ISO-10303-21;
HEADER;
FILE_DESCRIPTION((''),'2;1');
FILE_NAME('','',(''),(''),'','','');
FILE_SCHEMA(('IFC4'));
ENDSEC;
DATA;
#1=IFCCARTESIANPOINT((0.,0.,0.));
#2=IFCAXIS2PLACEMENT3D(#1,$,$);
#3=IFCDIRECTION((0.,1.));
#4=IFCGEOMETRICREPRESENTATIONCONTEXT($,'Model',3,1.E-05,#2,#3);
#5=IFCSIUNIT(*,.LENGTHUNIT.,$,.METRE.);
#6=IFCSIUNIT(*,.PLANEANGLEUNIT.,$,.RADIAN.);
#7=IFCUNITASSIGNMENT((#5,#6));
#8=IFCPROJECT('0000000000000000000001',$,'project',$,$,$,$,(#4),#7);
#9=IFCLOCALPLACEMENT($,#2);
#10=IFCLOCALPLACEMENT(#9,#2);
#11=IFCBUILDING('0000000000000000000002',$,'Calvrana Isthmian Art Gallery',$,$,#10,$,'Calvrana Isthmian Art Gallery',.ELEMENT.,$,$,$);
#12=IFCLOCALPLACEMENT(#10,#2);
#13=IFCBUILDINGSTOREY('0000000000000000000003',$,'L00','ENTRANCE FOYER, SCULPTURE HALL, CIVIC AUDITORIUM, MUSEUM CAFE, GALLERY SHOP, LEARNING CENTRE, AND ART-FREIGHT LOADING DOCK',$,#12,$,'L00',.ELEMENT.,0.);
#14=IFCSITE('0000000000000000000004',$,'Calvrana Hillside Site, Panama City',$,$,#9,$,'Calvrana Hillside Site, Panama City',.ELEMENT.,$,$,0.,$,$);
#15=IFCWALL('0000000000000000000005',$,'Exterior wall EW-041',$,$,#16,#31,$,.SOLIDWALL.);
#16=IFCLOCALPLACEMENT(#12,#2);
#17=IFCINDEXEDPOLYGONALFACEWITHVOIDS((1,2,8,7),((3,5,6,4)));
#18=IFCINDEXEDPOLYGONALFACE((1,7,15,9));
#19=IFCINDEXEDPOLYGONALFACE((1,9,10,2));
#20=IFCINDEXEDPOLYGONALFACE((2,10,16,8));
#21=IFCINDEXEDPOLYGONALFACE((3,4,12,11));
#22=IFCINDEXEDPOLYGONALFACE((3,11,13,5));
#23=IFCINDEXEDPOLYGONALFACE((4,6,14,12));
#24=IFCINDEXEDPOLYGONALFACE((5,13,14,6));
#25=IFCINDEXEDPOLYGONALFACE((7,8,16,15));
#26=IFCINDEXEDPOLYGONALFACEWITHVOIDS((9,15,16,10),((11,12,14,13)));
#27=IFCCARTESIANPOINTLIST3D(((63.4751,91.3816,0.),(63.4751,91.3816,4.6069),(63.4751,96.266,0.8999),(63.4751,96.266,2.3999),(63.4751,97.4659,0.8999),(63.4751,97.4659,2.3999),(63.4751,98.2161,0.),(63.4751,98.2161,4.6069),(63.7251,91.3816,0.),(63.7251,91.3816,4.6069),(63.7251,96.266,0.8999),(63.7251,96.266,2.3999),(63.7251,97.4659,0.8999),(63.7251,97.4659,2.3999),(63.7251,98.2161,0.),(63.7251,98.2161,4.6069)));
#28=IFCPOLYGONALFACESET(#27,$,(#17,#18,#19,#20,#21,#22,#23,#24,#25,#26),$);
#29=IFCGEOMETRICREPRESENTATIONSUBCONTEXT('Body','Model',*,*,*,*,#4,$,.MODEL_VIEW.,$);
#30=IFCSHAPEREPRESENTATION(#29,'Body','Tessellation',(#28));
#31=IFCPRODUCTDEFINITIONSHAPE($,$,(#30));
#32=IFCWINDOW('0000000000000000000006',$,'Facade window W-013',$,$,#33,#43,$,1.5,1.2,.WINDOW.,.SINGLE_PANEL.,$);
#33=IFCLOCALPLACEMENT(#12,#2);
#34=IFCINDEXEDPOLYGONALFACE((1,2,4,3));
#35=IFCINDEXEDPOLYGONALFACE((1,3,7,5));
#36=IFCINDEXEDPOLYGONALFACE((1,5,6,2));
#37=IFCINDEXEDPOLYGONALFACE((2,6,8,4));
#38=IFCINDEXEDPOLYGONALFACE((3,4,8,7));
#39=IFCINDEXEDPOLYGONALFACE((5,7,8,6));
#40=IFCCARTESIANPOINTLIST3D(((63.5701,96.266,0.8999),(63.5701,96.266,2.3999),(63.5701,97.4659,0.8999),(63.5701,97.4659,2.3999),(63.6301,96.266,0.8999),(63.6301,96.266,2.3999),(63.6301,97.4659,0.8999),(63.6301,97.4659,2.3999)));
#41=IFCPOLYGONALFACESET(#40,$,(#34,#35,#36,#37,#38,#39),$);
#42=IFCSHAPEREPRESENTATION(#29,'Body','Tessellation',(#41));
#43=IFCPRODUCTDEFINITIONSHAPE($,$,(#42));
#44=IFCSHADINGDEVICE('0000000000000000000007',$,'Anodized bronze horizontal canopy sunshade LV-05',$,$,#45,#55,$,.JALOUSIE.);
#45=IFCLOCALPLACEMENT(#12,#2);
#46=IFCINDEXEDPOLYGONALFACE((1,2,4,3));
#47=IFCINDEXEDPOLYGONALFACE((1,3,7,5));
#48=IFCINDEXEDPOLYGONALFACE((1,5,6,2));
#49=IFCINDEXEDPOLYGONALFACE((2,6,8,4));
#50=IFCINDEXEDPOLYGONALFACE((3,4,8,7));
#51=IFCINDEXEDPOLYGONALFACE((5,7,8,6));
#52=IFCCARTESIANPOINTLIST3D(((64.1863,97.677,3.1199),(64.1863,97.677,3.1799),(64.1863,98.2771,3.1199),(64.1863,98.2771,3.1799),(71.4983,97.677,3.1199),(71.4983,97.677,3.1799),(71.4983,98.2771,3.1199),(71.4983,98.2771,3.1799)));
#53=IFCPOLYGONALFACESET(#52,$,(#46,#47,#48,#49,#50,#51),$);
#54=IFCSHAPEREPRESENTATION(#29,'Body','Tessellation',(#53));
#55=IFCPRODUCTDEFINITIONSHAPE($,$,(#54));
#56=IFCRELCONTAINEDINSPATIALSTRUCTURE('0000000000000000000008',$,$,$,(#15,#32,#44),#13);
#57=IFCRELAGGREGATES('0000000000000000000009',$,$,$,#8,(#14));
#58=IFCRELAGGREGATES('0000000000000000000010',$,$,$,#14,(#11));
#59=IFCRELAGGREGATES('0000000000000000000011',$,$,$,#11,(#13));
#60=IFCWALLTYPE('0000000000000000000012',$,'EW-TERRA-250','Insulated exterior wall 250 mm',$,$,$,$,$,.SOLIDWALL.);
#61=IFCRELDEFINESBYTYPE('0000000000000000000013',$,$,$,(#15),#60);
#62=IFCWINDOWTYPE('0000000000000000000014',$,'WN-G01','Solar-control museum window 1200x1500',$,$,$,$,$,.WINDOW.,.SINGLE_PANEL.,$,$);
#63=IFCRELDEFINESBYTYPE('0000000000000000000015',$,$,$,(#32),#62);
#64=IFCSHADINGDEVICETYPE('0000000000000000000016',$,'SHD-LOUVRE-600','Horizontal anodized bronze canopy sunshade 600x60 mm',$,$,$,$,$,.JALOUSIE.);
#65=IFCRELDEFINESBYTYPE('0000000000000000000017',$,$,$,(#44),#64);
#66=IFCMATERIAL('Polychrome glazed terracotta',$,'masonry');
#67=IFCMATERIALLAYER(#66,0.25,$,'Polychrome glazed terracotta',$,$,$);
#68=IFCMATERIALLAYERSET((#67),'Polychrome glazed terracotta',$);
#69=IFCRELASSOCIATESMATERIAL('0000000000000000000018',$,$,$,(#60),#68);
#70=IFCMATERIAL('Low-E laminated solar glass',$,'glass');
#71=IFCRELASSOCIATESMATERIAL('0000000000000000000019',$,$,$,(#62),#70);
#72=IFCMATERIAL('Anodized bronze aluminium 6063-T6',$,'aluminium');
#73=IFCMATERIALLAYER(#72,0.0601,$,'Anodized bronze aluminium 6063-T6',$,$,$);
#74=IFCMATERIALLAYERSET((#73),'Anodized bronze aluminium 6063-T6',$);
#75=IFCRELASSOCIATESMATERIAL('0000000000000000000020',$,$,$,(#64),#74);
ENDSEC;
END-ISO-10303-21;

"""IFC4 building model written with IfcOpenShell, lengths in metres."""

from ifc_helpers import new_model, si_unit, direction, frame, frame_2d, origin, origin_2d, place, context, subcontext, project, spatial, rectangle, extrude, material, layer, layer_set, type_object, element, fill, save


model = new_model("IFC4")

# Units and contexts
model_context = context("Model", 3, precision=1e-05, world=origin(), true_north=direction((0.0, 1.0)))
body_context = subcontext(model_context, "Body", "Model", "MODEL_VIEW")
ifc_project = project(units=[si_unit("LENGTHUNIT", "METRE"), si_unit("PLANEANGLEUNIT", "RADIAN")], contexts=[model_context])

# Site, building, storey
site_placement = place(None, origin())
site = spatial("IfcSite", under=ifc_project, at=site_placement, Name="Calvrana Hillside Site, Panama City", LongName="Calvrana Hillside Site, Panama City", CompositionType="ELEMENT", RefElevation=0.0)
building_placement = place(site_placement, origin())
building = spatial("IfcBuilding", under=site, at=building_placement, Name="Calvrana Isthmian Art Gallery", LongName="Calvrana Isthmian Art Gallery", CompositionType="ELEMENT")
storey_placement = place(building_placement, origin())
storey = spatial("IfcBuildingStorey", under=building, at=storey_placement, Name="L00", Description="ENTRANCE FOYER, SCULPTURE HALL, CIVIC AUDITORIUM, MUSEUM CAFE, GALLERY SHOP, LEARNING CENTRE, AND ART-FREIGHT LOADING DOCK", LongName="L00", CompositionType="ELEMENT", Elevation=0.0)

# Shared definitions
ifc_material_1 = material(Name="Anodized bronze aluminium 6063-T6", Category="aluminium")
ifc_material_2 = material(Name="Low-E laminated solar glass", Category="glass")

# Wall, opening, window
ifc_material_3 = material(Name="Polychrome glazed terracotta", Category="masonry")
ifc_layer_1 = layer(ifc_material_3, 0.25, Name="Polychrome glazed terracotta")
ifc_layer_set_1 = layer_set([ifc_layer_1], Name="Polychrome glazed terracotta")
wall_type = type_object("IfcWallType", Name="EW-TERRA-250", Description="Insulated exterior wall 250 mm", PredefinedType="SOLIDWALL", material=ifc_layer_set_1)
wall_placement = place(storey_placement, frame((63.6001, 98.2161, 0.0), z_axis=(0.0, 0.0, 1.0), x_axis=(0.0, -1.0, 0.0)))
wall = element("IfcWall", 1, at=wall_placement, inside=storey, type_object=wall_type, Name="Exterior wall EW-041", PredefinedType="SOLIDWALL", context=body_context, shape_type="SweptSolid", body=[
    extrude(rectangle(XDim=6.8345, YDim=0.25, at=frame_2d((3.4172, 0.0))), origin(), (0.0, 0.0, 1.0), 4.6069),
])
opening_placement = place(wall_placement, frame((0.75, 0.0, 0.8999)))
opening = element("IfcOpeningElement", 2, at=opening_placement, cuts=wall, PredefinedType="OPENING", context=body_context, shape_type="SweptSolid", body=[
    extrude(rectangle(XDim=1.2, YDim=1.5, at=frame_2d((0.6001, 0.75))), frame((0.0, 0.1353, 0.0), z_axis=(0.0, -1.0, 0.0), x_axis=(1.0, 0.0, 0.0)), (0.0, 0.0, 1.0), 0.2705),
])
window_type = type_object("IfcWindowType", Name="WN-G01", Description="Solar-control museum window 1200x1500", PartitioningType="SINGLE_PANEL", PredefinedType="WINDOW", material=ifc_material_2)
window_placement = place(opening_placement, origin())
window = element("IfcWindow", 3, at=window_placement, inside=storey, type_object=window_type, Name="Facade window W-013", OverallHeight=1.5, OverallWidth=1.2, PartitioningType="SINGLE_PANEL", PredefinedType="WINDOW", context=body_context, shape_type="SweptSolid", body=[
    extrude(rectangle(XDim=1.2, YDim=1.5, at=frame_2d((0.6001, 0.75))), frame((0.0, 0.03, 0.0), z_axis=(0.0, -1.0, 0.0), x_axis=(1.0, 0.0, 0.0)), (0.0, 0.0, 1.0), 0.0601),
])
fill(opening, window)

# Shading device
ifc_layer_2 = layer(ifc_material_1, 0.0601, Name="Anodized bronze aluminium 6063-T6")
ifc_layer_set_2 = layer_set([ifc_layer_2], Name="Anodized bronze aluminium 6063-T6")
shading_device_type = type_object("IfcShadingDeviceType", Name="SHD-LOUVRE-600", Description="Horizontal anodized bronze canopy sunshade 600x60 mm", PredefinedType="JALOUSIE", material=ifc_layer_set_2)
shading_device_placement = place(storey_placement, frame((67.8423, 97.9771, 3.1199), z_axis=(0.0, 0.0, 1.0), x_axis=(-1.0, 0.0, 0.0)))
element("IfcShadingDevice", 4, at=shading_device_placement, inside=storey, type_object=shading_device_type, Name="Anodized bronze horizontal canopy sunshade LV-05", PredefinedType="JALOUSIE", context=body_context, shape_type="SweptSolid", body=[
    extrude(rectangle(XDim=7.312, YDim=0.6001, at=origin_2d()), origin(), (0.0, 0.0, 1.0), 0.0601),
])

save(model, "model.ifc")
